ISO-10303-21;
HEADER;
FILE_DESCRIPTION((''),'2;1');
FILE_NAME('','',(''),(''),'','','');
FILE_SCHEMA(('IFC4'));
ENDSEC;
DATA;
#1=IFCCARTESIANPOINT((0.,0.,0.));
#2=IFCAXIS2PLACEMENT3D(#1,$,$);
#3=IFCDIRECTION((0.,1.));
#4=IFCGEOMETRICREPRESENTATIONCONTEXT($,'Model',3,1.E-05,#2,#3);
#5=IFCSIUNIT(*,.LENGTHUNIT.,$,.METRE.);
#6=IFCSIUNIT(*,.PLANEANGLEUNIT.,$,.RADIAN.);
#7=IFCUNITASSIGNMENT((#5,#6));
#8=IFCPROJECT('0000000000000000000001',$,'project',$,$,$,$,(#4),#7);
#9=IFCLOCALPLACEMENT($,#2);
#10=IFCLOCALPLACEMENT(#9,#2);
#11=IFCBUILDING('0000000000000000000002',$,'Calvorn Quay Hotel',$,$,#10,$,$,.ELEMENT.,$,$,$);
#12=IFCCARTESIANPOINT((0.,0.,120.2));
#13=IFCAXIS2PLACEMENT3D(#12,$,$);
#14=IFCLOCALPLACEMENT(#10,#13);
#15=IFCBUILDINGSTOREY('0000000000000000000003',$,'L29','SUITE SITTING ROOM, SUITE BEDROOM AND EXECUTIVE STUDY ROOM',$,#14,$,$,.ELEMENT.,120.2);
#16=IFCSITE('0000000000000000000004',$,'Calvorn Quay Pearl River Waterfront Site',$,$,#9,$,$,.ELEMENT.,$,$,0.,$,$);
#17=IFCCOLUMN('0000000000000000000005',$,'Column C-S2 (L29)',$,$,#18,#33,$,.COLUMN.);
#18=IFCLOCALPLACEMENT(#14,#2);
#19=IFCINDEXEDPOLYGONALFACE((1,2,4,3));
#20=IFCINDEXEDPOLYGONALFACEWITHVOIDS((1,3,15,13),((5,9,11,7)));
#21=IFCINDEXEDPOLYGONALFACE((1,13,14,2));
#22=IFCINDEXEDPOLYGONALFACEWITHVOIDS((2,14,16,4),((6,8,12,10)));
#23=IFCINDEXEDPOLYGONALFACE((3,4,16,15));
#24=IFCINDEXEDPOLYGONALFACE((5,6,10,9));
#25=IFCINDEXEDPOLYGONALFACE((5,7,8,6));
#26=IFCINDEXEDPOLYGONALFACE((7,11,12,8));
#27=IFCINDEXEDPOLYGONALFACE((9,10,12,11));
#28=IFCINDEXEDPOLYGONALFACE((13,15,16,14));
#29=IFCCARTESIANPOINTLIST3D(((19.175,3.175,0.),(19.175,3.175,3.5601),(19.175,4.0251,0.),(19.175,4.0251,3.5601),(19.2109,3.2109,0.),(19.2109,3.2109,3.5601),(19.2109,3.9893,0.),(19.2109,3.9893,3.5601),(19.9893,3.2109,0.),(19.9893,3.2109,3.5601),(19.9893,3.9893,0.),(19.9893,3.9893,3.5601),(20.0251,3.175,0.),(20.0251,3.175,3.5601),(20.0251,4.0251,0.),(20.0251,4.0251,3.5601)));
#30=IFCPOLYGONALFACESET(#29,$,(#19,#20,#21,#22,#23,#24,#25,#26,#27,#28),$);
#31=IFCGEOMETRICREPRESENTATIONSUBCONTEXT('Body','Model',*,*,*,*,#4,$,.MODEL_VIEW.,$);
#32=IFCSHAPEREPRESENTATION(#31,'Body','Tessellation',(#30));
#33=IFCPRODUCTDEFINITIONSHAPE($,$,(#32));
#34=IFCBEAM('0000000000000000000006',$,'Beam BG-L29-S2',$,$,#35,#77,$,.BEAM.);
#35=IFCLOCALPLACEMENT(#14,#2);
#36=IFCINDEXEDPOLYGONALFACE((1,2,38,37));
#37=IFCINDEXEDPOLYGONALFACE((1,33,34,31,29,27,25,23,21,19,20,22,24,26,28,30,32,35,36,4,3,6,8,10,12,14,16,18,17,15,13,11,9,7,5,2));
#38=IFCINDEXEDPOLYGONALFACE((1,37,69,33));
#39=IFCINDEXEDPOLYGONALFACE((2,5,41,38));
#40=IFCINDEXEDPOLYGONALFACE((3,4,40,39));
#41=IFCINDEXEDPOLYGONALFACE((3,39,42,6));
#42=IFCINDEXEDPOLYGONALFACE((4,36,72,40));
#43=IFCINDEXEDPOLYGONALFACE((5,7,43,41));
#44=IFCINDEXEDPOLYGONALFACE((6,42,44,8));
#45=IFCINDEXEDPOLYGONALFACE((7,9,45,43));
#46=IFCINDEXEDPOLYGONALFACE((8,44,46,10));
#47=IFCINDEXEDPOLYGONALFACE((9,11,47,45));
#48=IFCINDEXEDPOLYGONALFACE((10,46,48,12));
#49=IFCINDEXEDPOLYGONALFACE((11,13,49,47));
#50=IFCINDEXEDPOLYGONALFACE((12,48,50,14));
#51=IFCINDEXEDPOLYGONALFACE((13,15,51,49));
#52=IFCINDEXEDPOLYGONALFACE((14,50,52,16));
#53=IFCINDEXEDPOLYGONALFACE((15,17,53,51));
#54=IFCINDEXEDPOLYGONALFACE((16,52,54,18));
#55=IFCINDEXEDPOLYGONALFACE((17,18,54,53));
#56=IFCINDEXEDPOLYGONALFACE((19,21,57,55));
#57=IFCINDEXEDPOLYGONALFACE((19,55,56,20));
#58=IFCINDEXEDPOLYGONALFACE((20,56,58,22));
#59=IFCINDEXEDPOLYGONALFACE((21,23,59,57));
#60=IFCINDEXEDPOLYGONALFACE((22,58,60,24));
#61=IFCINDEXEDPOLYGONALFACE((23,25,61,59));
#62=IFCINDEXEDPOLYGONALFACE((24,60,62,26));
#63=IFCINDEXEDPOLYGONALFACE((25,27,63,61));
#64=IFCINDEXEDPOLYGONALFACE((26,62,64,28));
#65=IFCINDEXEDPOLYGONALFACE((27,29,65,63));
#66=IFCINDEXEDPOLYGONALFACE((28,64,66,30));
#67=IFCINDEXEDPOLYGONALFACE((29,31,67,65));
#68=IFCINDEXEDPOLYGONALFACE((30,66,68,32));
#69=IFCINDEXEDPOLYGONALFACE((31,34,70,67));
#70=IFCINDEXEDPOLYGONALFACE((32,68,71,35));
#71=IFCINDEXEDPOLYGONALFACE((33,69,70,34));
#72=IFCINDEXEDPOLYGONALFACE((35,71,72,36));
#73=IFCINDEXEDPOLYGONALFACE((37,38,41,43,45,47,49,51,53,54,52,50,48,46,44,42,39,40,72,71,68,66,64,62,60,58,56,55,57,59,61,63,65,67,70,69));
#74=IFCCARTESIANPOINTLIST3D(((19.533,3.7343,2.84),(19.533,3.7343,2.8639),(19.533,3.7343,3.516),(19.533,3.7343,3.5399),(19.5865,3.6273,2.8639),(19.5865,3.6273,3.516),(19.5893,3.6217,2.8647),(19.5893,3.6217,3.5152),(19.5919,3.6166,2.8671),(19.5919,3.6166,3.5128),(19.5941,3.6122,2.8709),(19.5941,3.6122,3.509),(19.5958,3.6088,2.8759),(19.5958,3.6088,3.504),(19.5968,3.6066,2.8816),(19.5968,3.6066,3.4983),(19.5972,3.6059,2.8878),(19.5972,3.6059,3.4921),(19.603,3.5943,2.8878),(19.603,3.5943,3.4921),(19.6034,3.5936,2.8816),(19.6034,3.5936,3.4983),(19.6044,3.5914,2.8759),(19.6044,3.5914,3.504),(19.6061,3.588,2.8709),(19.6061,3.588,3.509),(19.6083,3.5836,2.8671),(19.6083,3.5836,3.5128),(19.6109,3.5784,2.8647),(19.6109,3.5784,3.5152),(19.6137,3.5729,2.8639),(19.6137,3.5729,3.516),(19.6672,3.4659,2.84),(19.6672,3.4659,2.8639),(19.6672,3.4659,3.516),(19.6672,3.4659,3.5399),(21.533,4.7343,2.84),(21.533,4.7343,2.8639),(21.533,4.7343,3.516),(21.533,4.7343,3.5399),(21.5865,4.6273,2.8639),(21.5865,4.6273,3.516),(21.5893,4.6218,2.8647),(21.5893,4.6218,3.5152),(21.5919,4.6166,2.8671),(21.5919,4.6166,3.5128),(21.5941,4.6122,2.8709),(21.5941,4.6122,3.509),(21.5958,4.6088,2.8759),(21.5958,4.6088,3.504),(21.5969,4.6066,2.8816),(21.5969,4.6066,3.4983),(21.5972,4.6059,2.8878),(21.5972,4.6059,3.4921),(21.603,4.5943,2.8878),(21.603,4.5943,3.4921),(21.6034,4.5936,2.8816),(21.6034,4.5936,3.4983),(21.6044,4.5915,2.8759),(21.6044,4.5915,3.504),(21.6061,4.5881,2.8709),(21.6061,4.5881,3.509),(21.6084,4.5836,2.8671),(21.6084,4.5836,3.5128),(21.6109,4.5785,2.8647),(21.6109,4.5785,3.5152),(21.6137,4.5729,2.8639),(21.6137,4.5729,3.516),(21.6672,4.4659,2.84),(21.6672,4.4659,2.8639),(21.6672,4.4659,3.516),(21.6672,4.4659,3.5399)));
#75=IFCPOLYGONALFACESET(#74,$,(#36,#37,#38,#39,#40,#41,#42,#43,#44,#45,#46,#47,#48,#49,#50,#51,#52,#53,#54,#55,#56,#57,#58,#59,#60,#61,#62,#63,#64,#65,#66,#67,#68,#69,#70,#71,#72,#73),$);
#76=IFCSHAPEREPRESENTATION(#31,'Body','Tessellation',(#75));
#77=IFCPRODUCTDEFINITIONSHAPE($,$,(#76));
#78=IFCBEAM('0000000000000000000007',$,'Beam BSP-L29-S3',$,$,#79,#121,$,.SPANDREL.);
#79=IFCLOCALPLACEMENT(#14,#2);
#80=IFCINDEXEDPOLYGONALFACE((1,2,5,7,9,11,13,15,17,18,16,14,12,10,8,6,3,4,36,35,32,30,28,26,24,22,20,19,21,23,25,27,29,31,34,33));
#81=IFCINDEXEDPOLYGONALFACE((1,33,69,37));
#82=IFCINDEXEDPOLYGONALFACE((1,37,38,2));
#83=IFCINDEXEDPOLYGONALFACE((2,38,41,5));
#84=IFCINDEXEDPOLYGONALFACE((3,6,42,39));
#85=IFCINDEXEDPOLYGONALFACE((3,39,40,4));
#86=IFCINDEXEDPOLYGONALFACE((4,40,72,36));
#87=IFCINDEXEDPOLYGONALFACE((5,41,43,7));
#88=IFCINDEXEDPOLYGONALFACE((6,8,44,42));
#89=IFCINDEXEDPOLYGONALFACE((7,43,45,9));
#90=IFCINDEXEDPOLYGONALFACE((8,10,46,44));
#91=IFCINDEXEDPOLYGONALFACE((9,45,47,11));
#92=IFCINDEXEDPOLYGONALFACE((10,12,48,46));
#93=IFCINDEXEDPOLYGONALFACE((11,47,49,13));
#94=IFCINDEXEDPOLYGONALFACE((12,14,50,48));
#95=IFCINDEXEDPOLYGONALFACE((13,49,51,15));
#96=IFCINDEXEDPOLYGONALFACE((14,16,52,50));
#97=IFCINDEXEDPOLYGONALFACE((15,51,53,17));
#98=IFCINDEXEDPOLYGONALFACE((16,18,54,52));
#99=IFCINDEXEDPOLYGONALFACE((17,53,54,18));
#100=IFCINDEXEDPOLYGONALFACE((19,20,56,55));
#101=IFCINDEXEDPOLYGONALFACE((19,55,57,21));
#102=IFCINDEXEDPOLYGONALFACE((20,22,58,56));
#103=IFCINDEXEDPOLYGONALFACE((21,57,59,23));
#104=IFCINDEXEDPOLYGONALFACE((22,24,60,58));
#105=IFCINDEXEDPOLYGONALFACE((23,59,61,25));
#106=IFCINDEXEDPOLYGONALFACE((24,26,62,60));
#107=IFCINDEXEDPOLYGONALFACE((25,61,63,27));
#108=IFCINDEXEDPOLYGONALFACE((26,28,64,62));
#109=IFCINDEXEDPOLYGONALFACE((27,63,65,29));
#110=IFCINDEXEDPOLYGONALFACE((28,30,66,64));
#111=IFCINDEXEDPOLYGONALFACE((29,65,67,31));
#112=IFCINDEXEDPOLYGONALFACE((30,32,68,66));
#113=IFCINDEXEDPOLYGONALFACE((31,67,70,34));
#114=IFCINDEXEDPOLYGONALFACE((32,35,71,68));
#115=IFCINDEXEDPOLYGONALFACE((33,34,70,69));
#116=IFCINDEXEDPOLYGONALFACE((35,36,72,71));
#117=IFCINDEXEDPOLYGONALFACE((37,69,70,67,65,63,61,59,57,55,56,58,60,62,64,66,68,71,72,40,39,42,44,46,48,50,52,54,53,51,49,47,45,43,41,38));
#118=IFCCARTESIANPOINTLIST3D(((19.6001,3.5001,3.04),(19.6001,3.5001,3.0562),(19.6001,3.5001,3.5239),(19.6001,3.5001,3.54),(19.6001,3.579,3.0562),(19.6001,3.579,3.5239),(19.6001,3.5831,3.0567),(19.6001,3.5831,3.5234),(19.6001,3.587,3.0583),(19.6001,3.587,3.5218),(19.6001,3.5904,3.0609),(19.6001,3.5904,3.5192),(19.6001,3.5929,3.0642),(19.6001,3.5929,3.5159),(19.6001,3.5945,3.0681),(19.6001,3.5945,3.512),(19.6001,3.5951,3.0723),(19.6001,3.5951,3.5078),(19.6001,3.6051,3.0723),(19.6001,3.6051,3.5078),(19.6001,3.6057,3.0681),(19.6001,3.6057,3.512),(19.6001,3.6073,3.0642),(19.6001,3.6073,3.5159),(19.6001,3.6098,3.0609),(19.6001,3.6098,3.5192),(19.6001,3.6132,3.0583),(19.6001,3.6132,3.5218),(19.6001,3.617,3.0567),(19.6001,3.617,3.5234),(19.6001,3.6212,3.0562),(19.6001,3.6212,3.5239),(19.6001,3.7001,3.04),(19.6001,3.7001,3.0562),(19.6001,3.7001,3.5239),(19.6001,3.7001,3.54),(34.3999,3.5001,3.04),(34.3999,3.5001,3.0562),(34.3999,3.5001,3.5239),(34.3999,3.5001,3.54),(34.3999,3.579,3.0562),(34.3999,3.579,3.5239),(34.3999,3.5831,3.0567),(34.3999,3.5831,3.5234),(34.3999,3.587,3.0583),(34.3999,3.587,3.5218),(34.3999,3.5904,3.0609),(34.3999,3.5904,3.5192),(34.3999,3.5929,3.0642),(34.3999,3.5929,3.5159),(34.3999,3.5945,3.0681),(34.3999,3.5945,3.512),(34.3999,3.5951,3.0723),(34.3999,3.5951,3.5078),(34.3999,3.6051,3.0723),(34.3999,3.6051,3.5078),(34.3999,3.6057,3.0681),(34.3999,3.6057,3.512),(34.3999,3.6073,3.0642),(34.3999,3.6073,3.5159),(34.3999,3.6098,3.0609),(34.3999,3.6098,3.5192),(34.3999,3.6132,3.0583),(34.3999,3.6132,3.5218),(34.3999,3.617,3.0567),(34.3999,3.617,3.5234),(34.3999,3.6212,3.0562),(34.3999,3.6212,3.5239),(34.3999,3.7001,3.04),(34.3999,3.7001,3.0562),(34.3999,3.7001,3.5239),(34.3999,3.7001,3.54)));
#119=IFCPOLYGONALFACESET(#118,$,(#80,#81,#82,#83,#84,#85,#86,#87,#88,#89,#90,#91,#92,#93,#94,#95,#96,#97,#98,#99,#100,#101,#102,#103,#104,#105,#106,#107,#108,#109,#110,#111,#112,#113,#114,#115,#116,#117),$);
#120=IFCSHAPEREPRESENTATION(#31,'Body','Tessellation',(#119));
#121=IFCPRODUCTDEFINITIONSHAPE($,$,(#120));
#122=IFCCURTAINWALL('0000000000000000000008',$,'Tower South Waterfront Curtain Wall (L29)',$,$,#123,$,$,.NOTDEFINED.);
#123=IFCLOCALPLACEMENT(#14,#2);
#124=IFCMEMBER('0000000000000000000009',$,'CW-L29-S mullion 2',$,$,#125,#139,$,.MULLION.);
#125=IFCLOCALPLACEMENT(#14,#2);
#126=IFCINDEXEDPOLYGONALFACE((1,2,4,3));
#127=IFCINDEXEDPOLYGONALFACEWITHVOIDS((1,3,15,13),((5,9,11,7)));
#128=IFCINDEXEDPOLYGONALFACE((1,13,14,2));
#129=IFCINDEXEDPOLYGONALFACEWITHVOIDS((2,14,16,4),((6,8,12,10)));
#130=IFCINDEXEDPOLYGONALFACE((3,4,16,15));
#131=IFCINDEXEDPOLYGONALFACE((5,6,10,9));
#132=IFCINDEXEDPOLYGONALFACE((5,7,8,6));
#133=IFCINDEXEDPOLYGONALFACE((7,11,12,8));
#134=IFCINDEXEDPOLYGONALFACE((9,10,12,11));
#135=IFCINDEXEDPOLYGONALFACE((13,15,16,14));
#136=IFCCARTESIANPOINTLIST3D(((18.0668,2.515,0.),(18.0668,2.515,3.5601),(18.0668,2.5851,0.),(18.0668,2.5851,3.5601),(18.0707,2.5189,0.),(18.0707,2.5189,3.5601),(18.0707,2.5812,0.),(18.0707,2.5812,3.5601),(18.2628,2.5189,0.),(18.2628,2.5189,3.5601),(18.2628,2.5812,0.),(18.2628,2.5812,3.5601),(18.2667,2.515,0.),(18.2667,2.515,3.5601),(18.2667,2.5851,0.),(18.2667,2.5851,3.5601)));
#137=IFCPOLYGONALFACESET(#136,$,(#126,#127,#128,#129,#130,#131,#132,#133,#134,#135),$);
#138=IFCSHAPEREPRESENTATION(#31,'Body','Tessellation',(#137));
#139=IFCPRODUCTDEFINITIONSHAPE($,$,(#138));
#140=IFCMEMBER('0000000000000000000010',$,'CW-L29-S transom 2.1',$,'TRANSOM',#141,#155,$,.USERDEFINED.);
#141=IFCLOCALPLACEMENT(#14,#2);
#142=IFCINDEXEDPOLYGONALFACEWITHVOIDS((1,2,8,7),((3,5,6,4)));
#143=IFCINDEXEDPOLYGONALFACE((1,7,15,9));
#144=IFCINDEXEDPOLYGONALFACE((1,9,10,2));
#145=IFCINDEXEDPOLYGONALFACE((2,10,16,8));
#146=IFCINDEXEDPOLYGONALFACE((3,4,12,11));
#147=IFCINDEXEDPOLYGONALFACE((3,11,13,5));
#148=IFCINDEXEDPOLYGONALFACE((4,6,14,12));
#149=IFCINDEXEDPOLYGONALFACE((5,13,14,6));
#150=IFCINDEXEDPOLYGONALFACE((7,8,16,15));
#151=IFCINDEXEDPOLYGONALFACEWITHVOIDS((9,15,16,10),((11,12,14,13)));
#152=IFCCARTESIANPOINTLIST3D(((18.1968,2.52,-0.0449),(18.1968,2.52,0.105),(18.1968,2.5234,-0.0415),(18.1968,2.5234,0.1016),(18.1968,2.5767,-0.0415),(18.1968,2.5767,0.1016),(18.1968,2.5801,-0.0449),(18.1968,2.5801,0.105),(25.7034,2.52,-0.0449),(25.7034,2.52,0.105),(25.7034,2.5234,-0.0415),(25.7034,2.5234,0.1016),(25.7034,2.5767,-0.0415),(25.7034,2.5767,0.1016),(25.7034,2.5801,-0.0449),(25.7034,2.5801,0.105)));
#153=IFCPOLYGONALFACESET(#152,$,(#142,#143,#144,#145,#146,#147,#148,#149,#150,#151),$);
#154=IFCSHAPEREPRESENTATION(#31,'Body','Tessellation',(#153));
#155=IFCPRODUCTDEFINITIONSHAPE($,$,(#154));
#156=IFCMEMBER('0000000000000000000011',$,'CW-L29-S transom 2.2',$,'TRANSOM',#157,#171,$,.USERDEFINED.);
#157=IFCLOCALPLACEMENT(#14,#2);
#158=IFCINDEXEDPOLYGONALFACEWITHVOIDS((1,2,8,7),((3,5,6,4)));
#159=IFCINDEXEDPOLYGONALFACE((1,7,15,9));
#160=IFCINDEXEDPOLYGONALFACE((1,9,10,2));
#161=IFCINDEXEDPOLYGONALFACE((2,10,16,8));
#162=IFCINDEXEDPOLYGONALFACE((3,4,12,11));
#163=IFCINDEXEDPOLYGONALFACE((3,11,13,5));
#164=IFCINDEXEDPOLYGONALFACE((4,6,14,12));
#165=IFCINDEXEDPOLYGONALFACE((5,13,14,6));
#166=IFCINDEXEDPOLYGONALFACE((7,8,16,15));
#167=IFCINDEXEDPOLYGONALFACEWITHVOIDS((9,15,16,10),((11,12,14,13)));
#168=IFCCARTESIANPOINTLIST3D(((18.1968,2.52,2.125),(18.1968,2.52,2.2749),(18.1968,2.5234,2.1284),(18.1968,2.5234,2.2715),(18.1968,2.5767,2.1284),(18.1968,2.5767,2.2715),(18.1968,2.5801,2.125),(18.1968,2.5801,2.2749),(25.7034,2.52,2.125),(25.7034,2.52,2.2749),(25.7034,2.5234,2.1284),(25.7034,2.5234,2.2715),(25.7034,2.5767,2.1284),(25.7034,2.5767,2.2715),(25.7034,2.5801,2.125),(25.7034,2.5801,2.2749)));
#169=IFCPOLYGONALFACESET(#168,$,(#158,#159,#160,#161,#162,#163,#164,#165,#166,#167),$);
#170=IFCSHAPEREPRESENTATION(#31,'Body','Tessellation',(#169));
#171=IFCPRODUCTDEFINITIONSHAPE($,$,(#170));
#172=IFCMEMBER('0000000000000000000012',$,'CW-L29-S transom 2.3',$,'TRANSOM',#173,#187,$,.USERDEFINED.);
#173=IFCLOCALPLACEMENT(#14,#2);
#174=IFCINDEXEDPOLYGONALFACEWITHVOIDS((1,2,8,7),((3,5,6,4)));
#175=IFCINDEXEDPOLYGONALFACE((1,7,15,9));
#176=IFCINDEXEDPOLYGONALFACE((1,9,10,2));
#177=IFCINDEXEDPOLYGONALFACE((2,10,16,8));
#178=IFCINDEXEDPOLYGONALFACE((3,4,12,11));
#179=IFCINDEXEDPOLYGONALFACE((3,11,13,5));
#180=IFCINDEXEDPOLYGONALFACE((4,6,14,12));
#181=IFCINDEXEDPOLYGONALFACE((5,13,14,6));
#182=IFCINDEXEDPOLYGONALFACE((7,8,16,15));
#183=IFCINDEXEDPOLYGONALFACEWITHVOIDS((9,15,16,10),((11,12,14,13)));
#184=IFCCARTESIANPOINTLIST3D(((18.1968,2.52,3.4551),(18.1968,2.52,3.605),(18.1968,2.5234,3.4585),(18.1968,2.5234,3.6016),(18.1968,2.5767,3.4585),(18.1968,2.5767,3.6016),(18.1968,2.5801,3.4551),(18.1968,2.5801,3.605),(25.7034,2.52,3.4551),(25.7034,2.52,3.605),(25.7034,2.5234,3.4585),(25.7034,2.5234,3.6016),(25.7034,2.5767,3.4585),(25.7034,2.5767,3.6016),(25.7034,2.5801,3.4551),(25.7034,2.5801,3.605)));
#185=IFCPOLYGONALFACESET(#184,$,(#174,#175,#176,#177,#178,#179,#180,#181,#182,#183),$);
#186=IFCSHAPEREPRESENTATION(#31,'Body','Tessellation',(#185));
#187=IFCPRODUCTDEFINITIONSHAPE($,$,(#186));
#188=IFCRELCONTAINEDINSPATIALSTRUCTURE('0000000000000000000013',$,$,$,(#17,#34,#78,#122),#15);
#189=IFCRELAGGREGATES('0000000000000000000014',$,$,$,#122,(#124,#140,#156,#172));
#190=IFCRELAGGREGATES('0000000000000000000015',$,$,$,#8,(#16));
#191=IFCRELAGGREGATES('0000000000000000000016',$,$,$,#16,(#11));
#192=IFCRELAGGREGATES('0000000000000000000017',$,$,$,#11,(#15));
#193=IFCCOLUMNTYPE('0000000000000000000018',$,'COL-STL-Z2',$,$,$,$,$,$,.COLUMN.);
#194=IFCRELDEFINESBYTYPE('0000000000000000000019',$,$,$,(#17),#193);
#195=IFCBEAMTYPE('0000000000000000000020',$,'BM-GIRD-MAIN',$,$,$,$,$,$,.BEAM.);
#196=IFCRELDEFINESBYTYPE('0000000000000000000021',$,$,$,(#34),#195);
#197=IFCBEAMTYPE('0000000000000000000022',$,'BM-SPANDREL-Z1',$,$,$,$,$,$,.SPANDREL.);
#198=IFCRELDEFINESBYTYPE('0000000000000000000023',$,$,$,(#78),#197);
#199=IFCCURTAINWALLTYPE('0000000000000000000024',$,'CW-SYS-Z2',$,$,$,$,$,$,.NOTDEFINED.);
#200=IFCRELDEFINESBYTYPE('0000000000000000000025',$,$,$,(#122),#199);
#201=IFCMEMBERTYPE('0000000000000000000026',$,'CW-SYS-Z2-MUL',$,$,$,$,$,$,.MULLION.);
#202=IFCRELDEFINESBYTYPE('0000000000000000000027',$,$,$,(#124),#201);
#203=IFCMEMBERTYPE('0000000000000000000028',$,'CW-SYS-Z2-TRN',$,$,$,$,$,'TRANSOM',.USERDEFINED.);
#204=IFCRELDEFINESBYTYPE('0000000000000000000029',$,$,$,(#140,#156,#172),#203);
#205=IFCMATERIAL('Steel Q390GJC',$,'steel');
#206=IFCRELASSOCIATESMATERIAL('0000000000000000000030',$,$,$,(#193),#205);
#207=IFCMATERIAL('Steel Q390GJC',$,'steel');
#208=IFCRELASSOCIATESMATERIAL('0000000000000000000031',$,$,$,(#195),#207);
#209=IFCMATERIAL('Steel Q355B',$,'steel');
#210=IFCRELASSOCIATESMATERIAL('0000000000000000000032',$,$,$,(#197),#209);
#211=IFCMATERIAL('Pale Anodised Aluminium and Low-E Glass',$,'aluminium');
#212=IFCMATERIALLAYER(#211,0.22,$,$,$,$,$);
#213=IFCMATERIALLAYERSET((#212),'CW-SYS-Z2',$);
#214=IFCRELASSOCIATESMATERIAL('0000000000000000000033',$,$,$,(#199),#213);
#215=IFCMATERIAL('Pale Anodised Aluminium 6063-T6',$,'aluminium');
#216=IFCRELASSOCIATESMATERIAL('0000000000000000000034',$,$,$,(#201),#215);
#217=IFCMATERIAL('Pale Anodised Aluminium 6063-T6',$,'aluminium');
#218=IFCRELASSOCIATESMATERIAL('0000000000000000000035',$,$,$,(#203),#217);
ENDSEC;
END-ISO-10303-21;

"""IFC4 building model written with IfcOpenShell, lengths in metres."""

from ifc_helpers import new_model, si_unit, direction, frame, origin, origin_2d, place, context, subcontext, project, spatial, hollow_rectangle, i_section, extrude, material, layer, layer_set, material_profile, profile_set, type_object, element, aggregate, save


model = new_model("IFC4")

# Units and contexts
model_context = context("Model", 3, precision=1e-05, world=origin(), true_north=direction((0.0, 1.0)))
body_context = subcontext(model_context, "Body", "Model", "MODEL_VIEW")
ifc_project = project(units=[si_unit("LENGTHUNIT", "METRE"), si_unit("PLANEANGLEUNIT", "RADIAN")], contexts=[model_context])

# Site, building, storey
site_placement = place(None, origin())
site = spatial("IfcSite", under=ifc_project, at=site_placement, Name="Calvorn Quay Pearl River Waterfront Site", CompositionType="ELEMENT", RefElevation=0.0)
building_placement = place(site_placement, origin())
building = spatial("IfcBuilding", under=site, at=building_placement, Name="Calvorn Quay Hotel", CompositionType="ELEMENT")
storey_placement = place(building_placement, frame((0.0, 0.0, 120.2)))
storey = spatial("IfcBuildingStorey", under=building, at=storey_placement, Name="L29", Description="SUITE SITTING ROOM, SUITE BEDROOM AND EXECUTIVE STUDY ROOM", CompositionType="ELEMENT", Elevation=120.2)

# Column
ifc_material_1 = material(Name="Steel Q390GJC", Category="steel")
ifc_material_profile_1 = material_profile(ifc_material_1, hollow_rectangle(XDim=0.8501, YDim=0.8501, WallThickness=0.0359, at=origin_2d()), Name="BOX850x850x36")
ifc_profile_set_1 = profile_set([ifc_material_profile_1], Name="Steel Q390GJC")
column_type = type_object("IfcColumnType", Name="COL-STL-Z2", PredefinedType="COLUMN", material=ifc_profile_set_1)
column_placement = place(storey_placement, frame((19.6001, 3.6001, 0.0), z_axis=(0.0, 0.0, 1.0), x_axis=(1.0, 0.0, 0.0)))
element("IfcColumn", 1, at=column_placement, inside=storey, type_object=column_type, Name="Column C-S2 (L29)", PredefinedType="COLUMN", context=body_context, shape_type="SweptSolid", body=[
    extrude(hollow_rectangle(XDim=0.8501, YDim=0.8501, WallThickness=0.0359, at=origin_2d()), origin(), (0.0, 0.0, 1.0), 3.5601),
])

# Beams
ifc_material_2 = material(Name="Steel Q390GJC", Category="steel")
ifc_material_profile_2 = material_profile(ifc_material_2, i_section(OverallWidth=0.3, OverallDepth=0.7, WebThickness=0.0129, FlangeThickness=0.0239, FilletRadius=0.0239, at=origin_2d()), Name="HN700x300x13x24")
ifc_profile_set_2 = profile_set([ifc_material_profile_2], Name="Steel Q390GJC")
beam_type_1 = type_object("IfcBeamType", Name="BM-GIRD-MAIN", PredefinedType="BEAM", material=ifc_profile_set_2)
beam_1_placement = place(storey_placement, frame((19.6001, 3.6001, 3.1899), z_axis=(0.894427, 0.447214, 0.0), x_axis=(-0.447214, 0.894427, 0.0)))
element("IfcBeam", 2, at=beam_1_placement, inside=storey, type_object=beam_type_1, Name="Beam BG-L29-S2", PredefinedType="BEAM", context=body_context, shape_type="SweptSolid", body=[
    extrude(i_section(OverallWidth=0.3, OverallDepth=0.7, WebThickness=0.0129, FlangeThickness=0.0239, FilletRadius=0.0239, at=origin_2d()), origin(), (0.0, 0.0, 1.0), 2.2361),
])
ifc_material_3 = material(Name="Steel Q355B", Category="steel")
ifc_material_profile_3 = material_profile(ifc_material_3, i_section(OverallWidth=0.2, OverallDepth=0.5, WebThickness=0.01, FlangeThickness=0.0161, FilletRadius=0.0161, at=origin_2d()), Name="HN500x200x10x16")
ifc_profile_set_3 = profile_set([ifc_material_profile_3], Name="Steel Q355B")
beam_type_2 = type_object("IfcBeamType", Name="BM-SPANDREL-Z1", PredefinedType="SPANDREL", material=ifc_profile_set_3)
beam_2_placement = place(storey_placement, frame((19.6001, 3.6001, 3.29), z_axis=(1.0, 0.0, 0.0), x_axis=(0.0, 1.0, 0.0)))
element("IfcBeam", 3, at=beam_2_placement, inside=storey, type_object=beam_type_2, Name="Beam BSP-L29-S3", PredefinedType="SPANDREL", context=body_context, shape_type="SweptSolid", body=[
    extrude(i_section(OverallWidth=0.2, OverallDepth=0.5, WebThickness=0.01, FlangeThickness=0.0161, FilletRadius=0.0161, at=origin_2d()), origin(), (0.0, 0.0, 1.0), 14.7998),
])

# Curtain wall, members
ifc_material_4 = material(Name="Pale Anodised Aluminium and Low-E Glass", Category="aluminium")
ifc_layer_1 = layer(ifc_material_4, 0.22)
ifc_layer_set_1 = layer_set([ifc_layer_1], Name="CW-SYS-Z2")
curtain_wall_type = type_object("IfcCurtainWallType", Name="CW-SYS-Z2", PredefinedType="NOTDEFINED", material=ifc_layer_set_1)
curtain_wall_placement = place(storey_placement, origin())
curtain_wall = element("IfcCurtainWall", 4, at=curtain_wall_placement, inside=storey, type_object=curtain_wall_type, Name="Tower South Waterfront Curtain Wall (L29)", PredefinedType="NOTDEFINED")
ifc_material_5 = material(Name="Pale Anodised Aluminium 6063-T6", Category="aluminium")
ifc_material_profile_4 = material_profile(ifc_material_5, hollow_rectangle(XDim=0.0701, YDim=0.2, WallThickness=0.0039, at=origin_2d()), Name="ALU-M200x70x4")
ifc_profile_set_4 = profile_set([ifc_material_profile_4], Name="Pale Anodised Aluminium 6063-T6")
member_type_1 = type_object("IfcMemberType", Name="CW-SYS-Z2-MUL", PredefinedType="MULLION", material=ifc_profile_set_4)
member_1_placement = place(storey_placement, frame((18.1667, 2.55, 0.0), z_axis=(0.0, 0.0, 1.0), x_axis=(0.0, 1.0, 0.0)))
member_1 = element("IfcMember", 5, at=member_1_placement, type_object=member_type_1, Name="CW-L29-S mullion 2", PredefinedType="MULLION", context=body_context, shape_type="SweptSolid", body=[
    extrude(hollow_rectangle(XDim=0.0701, YDim=0.2, WallThickness=0.0039, at=origin_2d()), origin(), (0.0, 0.0, 1.0), 3.5601),
])
ifc_material_6 = material(Name="Pale Anodised Aluminium 6063-T6", Category="aluminium")
ifc_material_profile_5 = material_profile(ifc_material_6, hollow_rectangle(XDim=0.0601, YDim=0.1499, WallThickness=0.0034, at=origin_2d()), Name="ALU-T150x60x3.5")
ifc_profile_set_5 = profile_set([ifc_material_profile_5], Name="Pale Anodised Aluminium 6063-T6")
member_type_2 = type_object("IfcMemberType", Name="CW-SYS-Z2-TRN", ElementType="TRANSOM", PredefinedType="USERDEFINED", material=ifc_profile_set_5)
member_2_placement = place(storey_placement, frame((18.1968, 2.55, 0.03), z_axis=(1.0, 0.0, 0.0), x_axis=(0.0, 1.0, 0.0)))
member_2 = element("IfcMember", 6, at=member_2_placement, type_object=member_type_2, Name="CW-L29-S transom 2.1", ObjectType="TRANSOM", PredefinedType="USERDEFINED", context=body_context, shape_type="SweptSolid", body=[
    extrude(hollow_rectangle(XDim=0.0601, YDim=0.1499, WallThickness=0.0034, at=origin_2d()), origin(), (0.0, 0.0, 1.0), 7.5066),
])
member_3_placement = place(storey_placement, frame((18.1968, 2.55, 2.2), z_axis=(1.0, 0.0, 0.0), x_axis=(0.0, 1.0, 0.0)))
member_3 = element("IfcMember", 7, at=member_3_placement, type_object=member_type_2, Name="CW-L29-S transom 2.2", ObjectType="TRANSOM", PredefinedType="USERDEFINED", context=body_context, shape_type="SweptSolid", body=[
    extrude(hollow_rectangle(XDim=0.0601, YDim=0.1499, WallThickness=0.0034, at=origin_2d()), origin(), (0.0, 0.0, 1.0), 7.5066),
])
member_4_placement = place(storey_placement, frame((18.1968, 2.55, 3.53), z_axis=(1.0, 0.0, 0.0), x_axis=(0.0, 1.0, 0.0)))
member_4 = element("IfcMember", 8, at=member_4_placement, type_object=member_type_2, Name="CW-L29-S transom 2.3", ObjectType="TRANSOM", PredefinedType="USERDEFINED", context=body_context, shape_type="SweptSolid", body=[
    extrude(hollow_rectangle(XDim=0.0601, YDim=0.1499, WallThickness=0.0034, at=origin_2d()), origin(), (0.0, 0.0, 1.0), 7.5066),
])
aggregate(curtain_wall, [member_1, member_2, member_3, member_4])

save(model, "model.ifc")
